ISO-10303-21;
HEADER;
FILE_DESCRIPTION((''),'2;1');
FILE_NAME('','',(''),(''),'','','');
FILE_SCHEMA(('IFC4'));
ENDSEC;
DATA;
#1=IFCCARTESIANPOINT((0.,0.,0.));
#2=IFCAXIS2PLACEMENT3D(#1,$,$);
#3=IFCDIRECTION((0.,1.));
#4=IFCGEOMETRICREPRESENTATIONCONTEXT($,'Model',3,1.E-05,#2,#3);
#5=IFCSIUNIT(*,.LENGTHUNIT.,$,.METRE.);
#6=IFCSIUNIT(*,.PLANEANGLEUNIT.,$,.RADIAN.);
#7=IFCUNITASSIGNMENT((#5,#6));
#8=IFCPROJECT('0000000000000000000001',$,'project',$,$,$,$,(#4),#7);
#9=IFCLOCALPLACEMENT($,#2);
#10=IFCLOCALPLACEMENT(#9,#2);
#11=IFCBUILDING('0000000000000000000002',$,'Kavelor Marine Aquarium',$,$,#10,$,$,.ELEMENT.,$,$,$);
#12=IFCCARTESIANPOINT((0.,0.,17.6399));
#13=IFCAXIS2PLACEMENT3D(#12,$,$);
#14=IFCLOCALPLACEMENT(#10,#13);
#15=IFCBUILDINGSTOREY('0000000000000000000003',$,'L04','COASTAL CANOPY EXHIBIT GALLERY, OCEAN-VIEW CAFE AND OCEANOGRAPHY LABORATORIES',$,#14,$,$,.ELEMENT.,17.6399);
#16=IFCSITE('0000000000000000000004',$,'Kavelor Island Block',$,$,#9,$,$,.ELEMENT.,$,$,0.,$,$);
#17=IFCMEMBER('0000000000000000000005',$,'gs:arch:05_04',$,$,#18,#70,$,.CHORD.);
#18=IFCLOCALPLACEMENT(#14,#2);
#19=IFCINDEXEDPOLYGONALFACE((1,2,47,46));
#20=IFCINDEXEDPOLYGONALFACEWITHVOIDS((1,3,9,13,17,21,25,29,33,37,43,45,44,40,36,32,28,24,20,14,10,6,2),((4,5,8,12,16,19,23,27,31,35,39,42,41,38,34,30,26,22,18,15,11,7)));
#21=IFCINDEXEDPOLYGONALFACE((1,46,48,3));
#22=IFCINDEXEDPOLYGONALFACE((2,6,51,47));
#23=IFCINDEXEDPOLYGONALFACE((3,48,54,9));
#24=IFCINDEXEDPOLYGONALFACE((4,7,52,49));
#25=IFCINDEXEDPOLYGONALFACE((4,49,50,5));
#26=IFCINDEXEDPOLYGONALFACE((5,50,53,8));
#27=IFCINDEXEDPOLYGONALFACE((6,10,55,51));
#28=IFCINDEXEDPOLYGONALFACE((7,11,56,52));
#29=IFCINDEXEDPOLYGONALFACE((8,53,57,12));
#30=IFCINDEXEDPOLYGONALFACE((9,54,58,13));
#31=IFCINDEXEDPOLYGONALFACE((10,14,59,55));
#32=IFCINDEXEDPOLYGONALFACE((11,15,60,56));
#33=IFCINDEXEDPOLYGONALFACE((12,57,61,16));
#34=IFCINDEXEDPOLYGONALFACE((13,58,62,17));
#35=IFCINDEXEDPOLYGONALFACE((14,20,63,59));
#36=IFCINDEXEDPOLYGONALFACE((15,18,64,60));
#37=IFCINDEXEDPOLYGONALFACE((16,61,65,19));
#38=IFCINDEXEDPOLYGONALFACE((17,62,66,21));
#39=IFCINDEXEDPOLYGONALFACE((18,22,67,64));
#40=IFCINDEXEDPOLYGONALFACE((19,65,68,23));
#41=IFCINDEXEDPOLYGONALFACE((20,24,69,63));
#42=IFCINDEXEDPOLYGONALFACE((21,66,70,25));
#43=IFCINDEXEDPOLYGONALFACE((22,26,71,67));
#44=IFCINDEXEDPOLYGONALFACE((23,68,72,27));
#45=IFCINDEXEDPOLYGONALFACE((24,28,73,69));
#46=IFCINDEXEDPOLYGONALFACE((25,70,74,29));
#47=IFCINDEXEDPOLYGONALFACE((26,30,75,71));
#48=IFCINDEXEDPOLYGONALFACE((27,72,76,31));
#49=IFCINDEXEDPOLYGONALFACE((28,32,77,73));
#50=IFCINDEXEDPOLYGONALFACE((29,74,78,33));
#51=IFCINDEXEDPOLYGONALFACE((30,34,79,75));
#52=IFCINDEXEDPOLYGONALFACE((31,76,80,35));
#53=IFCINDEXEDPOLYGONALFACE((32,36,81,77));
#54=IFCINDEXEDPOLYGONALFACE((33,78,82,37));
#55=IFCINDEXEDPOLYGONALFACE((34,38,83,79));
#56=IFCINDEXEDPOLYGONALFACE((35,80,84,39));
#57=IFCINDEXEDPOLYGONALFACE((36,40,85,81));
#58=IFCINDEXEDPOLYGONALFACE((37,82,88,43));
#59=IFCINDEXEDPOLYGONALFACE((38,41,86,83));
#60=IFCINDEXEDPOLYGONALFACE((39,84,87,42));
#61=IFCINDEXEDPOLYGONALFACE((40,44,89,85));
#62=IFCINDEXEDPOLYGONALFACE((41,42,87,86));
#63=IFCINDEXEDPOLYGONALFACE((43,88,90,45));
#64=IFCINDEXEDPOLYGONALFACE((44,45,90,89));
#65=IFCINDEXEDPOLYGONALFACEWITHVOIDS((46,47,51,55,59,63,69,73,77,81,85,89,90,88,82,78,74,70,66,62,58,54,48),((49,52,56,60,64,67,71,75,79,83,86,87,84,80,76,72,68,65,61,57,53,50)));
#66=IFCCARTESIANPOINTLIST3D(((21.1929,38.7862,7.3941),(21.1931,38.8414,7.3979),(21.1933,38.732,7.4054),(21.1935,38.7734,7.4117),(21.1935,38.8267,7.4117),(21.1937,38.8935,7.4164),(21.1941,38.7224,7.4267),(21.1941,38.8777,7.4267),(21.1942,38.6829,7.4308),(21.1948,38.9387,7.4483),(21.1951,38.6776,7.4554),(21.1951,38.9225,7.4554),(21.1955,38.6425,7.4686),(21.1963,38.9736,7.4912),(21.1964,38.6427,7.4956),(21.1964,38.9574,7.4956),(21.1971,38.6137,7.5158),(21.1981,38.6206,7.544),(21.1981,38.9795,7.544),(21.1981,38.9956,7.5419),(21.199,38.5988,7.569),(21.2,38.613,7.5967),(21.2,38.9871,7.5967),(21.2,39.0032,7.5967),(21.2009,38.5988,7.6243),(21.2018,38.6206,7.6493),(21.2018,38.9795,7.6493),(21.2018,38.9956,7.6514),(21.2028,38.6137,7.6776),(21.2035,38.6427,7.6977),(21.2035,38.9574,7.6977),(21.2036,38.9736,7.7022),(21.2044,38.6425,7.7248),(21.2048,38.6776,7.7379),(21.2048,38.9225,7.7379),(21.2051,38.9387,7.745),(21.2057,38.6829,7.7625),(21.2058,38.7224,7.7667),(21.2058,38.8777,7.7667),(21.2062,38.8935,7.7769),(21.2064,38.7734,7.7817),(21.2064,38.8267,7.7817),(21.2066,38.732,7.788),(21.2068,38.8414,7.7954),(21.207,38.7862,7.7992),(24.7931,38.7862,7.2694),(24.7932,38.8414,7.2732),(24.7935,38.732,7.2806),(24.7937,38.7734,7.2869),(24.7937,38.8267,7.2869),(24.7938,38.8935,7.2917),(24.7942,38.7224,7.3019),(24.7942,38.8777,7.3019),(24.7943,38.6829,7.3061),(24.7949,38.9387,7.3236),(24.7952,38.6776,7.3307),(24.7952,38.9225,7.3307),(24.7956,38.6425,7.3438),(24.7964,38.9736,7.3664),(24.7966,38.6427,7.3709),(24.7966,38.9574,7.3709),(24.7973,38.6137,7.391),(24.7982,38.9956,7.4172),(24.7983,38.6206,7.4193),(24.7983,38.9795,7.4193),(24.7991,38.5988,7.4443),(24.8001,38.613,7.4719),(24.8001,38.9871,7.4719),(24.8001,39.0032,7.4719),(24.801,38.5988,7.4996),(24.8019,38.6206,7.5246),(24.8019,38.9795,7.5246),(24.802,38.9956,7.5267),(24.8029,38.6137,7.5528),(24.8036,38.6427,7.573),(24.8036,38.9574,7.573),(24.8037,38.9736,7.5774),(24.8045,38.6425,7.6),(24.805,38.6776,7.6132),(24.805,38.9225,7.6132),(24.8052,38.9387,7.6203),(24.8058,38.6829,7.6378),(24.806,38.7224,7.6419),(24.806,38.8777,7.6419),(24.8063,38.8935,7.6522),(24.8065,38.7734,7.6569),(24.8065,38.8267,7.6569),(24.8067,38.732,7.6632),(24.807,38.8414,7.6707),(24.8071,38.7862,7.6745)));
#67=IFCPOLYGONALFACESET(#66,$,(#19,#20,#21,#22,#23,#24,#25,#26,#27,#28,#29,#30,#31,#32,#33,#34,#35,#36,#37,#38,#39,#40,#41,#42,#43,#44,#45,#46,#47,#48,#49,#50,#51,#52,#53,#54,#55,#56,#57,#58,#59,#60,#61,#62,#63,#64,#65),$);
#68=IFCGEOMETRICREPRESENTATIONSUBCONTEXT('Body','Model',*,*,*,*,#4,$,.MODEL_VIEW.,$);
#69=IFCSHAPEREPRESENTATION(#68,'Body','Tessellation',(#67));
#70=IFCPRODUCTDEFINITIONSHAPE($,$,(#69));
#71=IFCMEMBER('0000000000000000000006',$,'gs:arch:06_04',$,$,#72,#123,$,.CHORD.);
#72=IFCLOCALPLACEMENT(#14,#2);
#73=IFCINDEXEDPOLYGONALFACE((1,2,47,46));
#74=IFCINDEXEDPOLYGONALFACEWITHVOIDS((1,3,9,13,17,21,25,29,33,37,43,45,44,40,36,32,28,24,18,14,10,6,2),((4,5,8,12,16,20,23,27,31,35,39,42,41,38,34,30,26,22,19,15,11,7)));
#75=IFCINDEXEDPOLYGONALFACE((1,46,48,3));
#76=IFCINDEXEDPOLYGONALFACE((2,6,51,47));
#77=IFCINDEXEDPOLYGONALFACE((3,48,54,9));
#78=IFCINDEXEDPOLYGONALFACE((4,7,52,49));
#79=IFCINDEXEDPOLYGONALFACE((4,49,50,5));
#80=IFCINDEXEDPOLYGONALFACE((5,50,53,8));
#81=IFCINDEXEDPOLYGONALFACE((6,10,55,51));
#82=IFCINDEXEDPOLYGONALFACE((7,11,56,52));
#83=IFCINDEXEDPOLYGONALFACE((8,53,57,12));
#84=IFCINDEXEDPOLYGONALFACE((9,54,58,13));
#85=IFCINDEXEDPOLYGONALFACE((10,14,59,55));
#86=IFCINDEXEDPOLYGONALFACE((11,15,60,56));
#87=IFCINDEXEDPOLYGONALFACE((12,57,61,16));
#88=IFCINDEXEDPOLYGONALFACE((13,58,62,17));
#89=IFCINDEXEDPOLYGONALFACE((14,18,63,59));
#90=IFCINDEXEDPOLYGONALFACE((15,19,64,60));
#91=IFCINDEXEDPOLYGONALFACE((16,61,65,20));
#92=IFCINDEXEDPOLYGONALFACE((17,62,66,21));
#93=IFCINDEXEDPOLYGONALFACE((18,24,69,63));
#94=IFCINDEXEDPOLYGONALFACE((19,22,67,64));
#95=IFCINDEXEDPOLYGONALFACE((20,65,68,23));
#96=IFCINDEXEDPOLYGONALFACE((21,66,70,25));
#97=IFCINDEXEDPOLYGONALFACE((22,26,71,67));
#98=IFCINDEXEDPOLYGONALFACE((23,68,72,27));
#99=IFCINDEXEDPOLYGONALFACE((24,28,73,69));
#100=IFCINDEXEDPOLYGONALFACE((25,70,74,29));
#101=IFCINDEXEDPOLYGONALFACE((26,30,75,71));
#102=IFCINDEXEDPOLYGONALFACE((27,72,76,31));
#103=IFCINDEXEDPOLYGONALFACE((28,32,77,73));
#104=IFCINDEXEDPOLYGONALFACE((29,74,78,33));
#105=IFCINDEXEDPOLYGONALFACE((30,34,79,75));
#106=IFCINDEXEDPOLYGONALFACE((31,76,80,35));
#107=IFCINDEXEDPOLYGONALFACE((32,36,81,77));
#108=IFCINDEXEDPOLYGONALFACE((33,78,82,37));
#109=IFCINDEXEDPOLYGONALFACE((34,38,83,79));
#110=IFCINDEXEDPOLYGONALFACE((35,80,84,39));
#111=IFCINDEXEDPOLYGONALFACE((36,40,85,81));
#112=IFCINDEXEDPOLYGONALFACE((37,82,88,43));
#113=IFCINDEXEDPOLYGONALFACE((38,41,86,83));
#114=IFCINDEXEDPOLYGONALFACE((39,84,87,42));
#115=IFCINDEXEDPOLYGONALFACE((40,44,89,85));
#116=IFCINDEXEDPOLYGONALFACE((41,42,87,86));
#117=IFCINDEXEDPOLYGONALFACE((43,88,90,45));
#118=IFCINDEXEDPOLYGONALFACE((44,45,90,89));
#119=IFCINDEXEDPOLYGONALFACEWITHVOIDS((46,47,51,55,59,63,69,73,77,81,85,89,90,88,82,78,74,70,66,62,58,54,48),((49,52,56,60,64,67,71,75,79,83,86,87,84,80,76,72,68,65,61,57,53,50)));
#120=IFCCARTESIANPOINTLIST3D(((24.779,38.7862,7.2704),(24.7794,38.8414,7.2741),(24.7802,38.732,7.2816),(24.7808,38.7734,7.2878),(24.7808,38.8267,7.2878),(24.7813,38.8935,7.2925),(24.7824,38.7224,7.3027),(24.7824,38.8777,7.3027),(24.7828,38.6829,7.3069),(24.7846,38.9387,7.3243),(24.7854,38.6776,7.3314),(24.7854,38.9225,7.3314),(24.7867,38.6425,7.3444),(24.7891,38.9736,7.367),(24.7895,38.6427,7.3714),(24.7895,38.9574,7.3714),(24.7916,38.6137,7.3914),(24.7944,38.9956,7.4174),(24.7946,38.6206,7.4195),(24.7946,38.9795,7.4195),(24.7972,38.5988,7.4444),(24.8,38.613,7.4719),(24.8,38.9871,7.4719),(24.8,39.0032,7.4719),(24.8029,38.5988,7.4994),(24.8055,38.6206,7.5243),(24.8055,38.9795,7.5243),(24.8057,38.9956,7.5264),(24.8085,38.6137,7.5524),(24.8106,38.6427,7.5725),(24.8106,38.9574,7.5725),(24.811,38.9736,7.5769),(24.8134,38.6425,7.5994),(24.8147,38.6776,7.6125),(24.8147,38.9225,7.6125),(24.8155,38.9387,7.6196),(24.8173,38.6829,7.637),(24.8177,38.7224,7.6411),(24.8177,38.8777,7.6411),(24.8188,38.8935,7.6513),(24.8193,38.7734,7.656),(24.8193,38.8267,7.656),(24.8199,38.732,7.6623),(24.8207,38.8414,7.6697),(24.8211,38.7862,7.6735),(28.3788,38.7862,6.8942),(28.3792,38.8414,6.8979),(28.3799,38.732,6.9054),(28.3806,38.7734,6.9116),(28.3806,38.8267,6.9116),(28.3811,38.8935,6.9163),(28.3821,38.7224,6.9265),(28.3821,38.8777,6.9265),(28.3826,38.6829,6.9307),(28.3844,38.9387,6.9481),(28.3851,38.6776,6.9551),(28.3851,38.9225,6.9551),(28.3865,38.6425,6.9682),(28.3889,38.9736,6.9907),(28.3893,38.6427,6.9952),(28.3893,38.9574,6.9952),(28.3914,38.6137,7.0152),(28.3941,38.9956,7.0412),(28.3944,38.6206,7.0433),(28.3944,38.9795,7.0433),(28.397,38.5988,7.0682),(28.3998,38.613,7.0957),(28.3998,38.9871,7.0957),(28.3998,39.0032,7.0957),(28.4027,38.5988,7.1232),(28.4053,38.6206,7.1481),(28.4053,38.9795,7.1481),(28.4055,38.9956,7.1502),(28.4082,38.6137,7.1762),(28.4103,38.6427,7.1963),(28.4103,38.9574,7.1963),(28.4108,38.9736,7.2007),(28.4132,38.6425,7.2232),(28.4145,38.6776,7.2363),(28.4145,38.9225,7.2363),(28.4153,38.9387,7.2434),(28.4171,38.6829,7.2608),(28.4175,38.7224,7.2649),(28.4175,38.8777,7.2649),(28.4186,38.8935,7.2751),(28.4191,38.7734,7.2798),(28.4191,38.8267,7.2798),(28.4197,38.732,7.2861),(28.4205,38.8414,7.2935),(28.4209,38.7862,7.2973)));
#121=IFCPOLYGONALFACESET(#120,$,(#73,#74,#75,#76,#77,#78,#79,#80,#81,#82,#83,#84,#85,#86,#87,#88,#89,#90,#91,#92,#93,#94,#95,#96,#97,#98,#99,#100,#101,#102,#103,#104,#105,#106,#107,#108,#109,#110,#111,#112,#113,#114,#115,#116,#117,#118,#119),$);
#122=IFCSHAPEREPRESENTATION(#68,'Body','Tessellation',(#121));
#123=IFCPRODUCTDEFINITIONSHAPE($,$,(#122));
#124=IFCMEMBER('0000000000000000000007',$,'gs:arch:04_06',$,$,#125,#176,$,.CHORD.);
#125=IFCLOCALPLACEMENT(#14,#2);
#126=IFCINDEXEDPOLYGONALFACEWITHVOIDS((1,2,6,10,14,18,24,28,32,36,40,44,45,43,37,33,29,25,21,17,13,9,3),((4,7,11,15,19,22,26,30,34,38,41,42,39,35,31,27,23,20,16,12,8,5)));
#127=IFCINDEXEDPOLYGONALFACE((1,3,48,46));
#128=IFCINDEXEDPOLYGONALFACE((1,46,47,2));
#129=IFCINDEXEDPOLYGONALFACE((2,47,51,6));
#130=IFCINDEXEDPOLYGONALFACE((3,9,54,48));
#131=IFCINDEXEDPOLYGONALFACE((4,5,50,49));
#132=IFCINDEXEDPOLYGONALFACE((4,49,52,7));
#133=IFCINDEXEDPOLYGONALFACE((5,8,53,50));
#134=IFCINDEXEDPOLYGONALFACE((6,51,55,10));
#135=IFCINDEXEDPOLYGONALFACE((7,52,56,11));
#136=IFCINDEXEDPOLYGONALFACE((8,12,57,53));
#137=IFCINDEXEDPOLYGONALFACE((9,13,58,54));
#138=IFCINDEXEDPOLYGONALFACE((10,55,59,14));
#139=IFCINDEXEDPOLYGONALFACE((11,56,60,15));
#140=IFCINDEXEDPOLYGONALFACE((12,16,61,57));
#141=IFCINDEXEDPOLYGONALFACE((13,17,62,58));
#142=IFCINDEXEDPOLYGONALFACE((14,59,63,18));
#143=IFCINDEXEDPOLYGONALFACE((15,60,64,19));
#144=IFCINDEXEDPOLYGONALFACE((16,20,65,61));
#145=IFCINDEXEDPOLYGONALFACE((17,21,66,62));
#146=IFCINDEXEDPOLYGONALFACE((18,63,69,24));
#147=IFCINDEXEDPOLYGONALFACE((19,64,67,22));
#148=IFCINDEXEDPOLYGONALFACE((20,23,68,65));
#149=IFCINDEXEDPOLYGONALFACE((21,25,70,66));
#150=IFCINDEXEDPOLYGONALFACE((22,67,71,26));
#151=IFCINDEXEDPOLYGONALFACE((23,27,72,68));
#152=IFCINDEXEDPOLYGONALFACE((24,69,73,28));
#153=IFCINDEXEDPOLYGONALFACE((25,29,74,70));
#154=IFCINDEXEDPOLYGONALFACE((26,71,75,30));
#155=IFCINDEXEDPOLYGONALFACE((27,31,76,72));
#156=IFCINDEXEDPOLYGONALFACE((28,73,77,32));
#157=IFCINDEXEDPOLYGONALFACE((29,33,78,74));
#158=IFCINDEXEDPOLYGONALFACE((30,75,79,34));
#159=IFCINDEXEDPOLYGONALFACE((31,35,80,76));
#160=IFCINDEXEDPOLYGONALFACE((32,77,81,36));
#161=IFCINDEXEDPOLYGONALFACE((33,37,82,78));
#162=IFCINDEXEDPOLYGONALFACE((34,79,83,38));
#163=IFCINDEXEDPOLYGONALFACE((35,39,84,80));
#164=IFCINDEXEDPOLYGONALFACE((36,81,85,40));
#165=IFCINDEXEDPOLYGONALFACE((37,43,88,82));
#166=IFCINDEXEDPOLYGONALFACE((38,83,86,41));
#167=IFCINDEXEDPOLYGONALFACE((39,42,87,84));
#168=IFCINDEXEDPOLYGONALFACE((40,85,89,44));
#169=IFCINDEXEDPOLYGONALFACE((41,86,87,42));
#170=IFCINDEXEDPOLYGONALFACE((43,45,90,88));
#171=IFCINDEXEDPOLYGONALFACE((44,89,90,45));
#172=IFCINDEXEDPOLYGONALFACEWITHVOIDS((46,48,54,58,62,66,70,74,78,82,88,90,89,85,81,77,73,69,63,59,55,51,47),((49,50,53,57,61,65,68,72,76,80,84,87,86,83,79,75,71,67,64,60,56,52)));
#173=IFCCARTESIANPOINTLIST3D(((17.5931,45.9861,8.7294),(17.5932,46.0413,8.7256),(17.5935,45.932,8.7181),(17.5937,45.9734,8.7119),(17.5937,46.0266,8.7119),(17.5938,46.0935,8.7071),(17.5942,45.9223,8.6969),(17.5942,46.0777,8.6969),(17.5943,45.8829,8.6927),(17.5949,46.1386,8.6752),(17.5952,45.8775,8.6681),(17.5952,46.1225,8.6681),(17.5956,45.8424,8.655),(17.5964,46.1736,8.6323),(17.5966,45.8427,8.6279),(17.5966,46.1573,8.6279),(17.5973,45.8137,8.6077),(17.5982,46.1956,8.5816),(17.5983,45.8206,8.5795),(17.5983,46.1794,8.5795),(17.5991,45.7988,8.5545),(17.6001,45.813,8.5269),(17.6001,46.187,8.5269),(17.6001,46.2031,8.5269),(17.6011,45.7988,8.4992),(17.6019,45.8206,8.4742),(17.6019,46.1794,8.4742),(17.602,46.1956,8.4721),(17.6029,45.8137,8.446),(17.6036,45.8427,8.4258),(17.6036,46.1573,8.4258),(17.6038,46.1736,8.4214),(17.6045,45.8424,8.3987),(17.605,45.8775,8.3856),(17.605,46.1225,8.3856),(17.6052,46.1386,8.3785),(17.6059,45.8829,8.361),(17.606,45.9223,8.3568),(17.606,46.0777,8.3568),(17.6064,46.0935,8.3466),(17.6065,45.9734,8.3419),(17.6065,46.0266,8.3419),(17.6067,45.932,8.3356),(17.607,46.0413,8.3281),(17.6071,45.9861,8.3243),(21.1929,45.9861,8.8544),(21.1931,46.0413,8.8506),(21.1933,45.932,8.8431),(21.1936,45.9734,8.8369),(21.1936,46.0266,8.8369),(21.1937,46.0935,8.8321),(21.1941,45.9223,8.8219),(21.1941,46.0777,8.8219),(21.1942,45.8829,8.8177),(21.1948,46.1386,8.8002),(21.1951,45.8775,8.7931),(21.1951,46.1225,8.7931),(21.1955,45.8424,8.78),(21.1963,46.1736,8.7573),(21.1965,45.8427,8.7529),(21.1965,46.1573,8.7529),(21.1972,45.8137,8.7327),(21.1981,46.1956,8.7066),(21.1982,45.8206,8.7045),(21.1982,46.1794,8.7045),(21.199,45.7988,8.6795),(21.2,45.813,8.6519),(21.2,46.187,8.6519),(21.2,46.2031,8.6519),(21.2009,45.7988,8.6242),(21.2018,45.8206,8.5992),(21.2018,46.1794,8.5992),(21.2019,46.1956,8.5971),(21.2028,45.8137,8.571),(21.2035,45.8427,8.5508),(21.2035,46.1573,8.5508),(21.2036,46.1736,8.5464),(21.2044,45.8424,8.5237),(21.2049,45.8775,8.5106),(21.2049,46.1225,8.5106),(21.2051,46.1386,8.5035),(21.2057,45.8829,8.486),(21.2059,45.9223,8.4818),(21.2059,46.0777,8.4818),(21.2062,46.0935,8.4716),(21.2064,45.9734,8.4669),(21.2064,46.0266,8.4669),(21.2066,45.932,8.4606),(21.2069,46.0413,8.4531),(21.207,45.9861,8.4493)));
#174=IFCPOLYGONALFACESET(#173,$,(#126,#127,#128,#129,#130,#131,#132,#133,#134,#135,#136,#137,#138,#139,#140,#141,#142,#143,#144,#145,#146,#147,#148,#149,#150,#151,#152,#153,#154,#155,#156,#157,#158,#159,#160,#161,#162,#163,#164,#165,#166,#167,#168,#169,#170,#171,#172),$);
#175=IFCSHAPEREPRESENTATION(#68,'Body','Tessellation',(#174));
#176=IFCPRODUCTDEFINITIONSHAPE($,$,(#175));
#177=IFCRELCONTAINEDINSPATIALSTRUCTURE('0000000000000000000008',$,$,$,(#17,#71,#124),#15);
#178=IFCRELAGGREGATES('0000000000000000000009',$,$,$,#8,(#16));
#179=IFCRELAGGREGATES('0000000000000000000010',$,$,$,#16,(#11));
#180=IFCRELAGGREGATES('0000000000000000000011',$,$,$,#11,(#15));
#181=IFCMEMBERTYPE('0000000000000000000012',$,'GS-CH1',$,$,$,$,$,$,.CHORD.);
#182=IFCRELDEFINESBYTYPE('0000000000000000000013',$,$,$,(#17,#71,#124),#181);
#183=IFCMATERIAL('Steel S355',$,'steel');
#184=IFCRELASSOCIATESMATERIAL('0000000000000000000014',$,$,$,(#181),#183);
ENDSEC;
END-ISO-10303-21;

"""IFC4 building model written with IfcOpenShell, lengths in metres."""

from ifc_helpers import new_model, si_unit, direction, frame, origin, origin_2d, place, context, subcontext, project, spatial, hollow_circle, extrude, material, material_profile, profile_set, type_object, element, save


model = new_model("IFC4")

# Units and contexts
model_context = context("Model", 3, precision=1e-05, world=origin(), true_north=direction((0.0, 1.0)))
body_context = subcontext(model_context, "Body", "Model", "MODEL_VIEW")
ifc_project = project(units=[si_unit("LENGTHUNIT", "METRE"), si_unit("PLANEANGLEUNIT", "RADIAN")], contexts=[model_context])

# Site, building, storey
site_placement = place(None, origin())
site = spatial("IfcSite", under=ifc_project, at=site_placement, Name="Kavelor Island Block", CompositionType="ELEMENT", RefElevation=0.0)
building_placement = place(site_placement, origin())
building = spatial("IfcBuilding", under=site, at=building_placement, Name="Kavelor Marine Aquarium", CompositionType="ELEMENT")
storey_placement = place(building_placement, frame((0.0, 0.0, 17.6399)))
storey = spatial("IfcBuildingStorey", under=building, at=storey_placement, Name="L04", Description="COASTAL CANOPY EXHIBIT GALLERY, OCEAN-VIEW CAFE AND OCEANOGRAPHY LABORATORIES", CompositionType="ELEMENT", Elevation=17.6399)

# Members
ifc_material_1 = material(Name="Steel S355", Category="steel")
ifc_material_profile_1 = material_profile(ifc_material_1, hollow_circle(Radius=0.2031, WallThickness=0.0161, at=origin_2d()), Name="CHS 406.4x16.0")
ifc_profile_set_1 = profile_set([ifc_material_profile_1], Name="Steel S355")
member_type_1 = type_object("IfcMemberType", Name="GS-CH1", PredefinedType="CHORD", material=ifc_profile_set_1)
member_1_placement = place(storey_placement, frame((21.2, 38.8, 7.5967), z_axis=(0.9994, 0.0, -0.034633), x_axis=(0.0, 1.0, 0.0)))
element("IfcMember", 1, at=member_1_placement, inside=storey, type_object=member_type_1, Name="gs:arch:05_04", PredefinedType="CHORD", context=body_context, shape_type="SweptSolid", body=[
    extrude(hollow_circle(Radius=0.2031, WallThickness=0.0161, at=origin_2d()), origin(), (0.0, 0.0, 1.0), 3.6023),
])
member_2_placement = place(storey_placement, frame((24.8, 38.8, 7.4719), z_axis=(0.994583, 0.0, -0.103944), x_axis=(0.0, 1.0, 0.0)))
element("IfcMember", 2, at=member_2_placement, inside=storey, type_object=member_type_1, Name="gs:arch:06_04", PredefinedType="CHORD", context=body_context, shape_type="SweptSolid", body=[
    extrude(hollow_circle(Radius=0.2031, WallThickness=0.0161, at=origin_2d()), origin(), (0.0, 0.0, 1.0), 3.6194),
])
member_3_placement = place(storey_placement, frame((17.6001, 46.0, 8.5269), z_axis=(0.999398, 0.0, 0.034703), x_axis=(0.0, 1.0, 0.0)))
element("IfcMember", 3, at=member_3_placement, inside=storey, type_object=member_type_1, Name="gs:arch:04_06", PredefinedType="CHORD", context=body_context, shape_type="SweptSolid", body=[
    extrude(hollow_circle(Radius=0.2031, WallThickness=0.0161, at=origin_2d()), origin(), (0.0, 0.0, 1.0), 3.6021),
])

save(model, "model.ifc")
